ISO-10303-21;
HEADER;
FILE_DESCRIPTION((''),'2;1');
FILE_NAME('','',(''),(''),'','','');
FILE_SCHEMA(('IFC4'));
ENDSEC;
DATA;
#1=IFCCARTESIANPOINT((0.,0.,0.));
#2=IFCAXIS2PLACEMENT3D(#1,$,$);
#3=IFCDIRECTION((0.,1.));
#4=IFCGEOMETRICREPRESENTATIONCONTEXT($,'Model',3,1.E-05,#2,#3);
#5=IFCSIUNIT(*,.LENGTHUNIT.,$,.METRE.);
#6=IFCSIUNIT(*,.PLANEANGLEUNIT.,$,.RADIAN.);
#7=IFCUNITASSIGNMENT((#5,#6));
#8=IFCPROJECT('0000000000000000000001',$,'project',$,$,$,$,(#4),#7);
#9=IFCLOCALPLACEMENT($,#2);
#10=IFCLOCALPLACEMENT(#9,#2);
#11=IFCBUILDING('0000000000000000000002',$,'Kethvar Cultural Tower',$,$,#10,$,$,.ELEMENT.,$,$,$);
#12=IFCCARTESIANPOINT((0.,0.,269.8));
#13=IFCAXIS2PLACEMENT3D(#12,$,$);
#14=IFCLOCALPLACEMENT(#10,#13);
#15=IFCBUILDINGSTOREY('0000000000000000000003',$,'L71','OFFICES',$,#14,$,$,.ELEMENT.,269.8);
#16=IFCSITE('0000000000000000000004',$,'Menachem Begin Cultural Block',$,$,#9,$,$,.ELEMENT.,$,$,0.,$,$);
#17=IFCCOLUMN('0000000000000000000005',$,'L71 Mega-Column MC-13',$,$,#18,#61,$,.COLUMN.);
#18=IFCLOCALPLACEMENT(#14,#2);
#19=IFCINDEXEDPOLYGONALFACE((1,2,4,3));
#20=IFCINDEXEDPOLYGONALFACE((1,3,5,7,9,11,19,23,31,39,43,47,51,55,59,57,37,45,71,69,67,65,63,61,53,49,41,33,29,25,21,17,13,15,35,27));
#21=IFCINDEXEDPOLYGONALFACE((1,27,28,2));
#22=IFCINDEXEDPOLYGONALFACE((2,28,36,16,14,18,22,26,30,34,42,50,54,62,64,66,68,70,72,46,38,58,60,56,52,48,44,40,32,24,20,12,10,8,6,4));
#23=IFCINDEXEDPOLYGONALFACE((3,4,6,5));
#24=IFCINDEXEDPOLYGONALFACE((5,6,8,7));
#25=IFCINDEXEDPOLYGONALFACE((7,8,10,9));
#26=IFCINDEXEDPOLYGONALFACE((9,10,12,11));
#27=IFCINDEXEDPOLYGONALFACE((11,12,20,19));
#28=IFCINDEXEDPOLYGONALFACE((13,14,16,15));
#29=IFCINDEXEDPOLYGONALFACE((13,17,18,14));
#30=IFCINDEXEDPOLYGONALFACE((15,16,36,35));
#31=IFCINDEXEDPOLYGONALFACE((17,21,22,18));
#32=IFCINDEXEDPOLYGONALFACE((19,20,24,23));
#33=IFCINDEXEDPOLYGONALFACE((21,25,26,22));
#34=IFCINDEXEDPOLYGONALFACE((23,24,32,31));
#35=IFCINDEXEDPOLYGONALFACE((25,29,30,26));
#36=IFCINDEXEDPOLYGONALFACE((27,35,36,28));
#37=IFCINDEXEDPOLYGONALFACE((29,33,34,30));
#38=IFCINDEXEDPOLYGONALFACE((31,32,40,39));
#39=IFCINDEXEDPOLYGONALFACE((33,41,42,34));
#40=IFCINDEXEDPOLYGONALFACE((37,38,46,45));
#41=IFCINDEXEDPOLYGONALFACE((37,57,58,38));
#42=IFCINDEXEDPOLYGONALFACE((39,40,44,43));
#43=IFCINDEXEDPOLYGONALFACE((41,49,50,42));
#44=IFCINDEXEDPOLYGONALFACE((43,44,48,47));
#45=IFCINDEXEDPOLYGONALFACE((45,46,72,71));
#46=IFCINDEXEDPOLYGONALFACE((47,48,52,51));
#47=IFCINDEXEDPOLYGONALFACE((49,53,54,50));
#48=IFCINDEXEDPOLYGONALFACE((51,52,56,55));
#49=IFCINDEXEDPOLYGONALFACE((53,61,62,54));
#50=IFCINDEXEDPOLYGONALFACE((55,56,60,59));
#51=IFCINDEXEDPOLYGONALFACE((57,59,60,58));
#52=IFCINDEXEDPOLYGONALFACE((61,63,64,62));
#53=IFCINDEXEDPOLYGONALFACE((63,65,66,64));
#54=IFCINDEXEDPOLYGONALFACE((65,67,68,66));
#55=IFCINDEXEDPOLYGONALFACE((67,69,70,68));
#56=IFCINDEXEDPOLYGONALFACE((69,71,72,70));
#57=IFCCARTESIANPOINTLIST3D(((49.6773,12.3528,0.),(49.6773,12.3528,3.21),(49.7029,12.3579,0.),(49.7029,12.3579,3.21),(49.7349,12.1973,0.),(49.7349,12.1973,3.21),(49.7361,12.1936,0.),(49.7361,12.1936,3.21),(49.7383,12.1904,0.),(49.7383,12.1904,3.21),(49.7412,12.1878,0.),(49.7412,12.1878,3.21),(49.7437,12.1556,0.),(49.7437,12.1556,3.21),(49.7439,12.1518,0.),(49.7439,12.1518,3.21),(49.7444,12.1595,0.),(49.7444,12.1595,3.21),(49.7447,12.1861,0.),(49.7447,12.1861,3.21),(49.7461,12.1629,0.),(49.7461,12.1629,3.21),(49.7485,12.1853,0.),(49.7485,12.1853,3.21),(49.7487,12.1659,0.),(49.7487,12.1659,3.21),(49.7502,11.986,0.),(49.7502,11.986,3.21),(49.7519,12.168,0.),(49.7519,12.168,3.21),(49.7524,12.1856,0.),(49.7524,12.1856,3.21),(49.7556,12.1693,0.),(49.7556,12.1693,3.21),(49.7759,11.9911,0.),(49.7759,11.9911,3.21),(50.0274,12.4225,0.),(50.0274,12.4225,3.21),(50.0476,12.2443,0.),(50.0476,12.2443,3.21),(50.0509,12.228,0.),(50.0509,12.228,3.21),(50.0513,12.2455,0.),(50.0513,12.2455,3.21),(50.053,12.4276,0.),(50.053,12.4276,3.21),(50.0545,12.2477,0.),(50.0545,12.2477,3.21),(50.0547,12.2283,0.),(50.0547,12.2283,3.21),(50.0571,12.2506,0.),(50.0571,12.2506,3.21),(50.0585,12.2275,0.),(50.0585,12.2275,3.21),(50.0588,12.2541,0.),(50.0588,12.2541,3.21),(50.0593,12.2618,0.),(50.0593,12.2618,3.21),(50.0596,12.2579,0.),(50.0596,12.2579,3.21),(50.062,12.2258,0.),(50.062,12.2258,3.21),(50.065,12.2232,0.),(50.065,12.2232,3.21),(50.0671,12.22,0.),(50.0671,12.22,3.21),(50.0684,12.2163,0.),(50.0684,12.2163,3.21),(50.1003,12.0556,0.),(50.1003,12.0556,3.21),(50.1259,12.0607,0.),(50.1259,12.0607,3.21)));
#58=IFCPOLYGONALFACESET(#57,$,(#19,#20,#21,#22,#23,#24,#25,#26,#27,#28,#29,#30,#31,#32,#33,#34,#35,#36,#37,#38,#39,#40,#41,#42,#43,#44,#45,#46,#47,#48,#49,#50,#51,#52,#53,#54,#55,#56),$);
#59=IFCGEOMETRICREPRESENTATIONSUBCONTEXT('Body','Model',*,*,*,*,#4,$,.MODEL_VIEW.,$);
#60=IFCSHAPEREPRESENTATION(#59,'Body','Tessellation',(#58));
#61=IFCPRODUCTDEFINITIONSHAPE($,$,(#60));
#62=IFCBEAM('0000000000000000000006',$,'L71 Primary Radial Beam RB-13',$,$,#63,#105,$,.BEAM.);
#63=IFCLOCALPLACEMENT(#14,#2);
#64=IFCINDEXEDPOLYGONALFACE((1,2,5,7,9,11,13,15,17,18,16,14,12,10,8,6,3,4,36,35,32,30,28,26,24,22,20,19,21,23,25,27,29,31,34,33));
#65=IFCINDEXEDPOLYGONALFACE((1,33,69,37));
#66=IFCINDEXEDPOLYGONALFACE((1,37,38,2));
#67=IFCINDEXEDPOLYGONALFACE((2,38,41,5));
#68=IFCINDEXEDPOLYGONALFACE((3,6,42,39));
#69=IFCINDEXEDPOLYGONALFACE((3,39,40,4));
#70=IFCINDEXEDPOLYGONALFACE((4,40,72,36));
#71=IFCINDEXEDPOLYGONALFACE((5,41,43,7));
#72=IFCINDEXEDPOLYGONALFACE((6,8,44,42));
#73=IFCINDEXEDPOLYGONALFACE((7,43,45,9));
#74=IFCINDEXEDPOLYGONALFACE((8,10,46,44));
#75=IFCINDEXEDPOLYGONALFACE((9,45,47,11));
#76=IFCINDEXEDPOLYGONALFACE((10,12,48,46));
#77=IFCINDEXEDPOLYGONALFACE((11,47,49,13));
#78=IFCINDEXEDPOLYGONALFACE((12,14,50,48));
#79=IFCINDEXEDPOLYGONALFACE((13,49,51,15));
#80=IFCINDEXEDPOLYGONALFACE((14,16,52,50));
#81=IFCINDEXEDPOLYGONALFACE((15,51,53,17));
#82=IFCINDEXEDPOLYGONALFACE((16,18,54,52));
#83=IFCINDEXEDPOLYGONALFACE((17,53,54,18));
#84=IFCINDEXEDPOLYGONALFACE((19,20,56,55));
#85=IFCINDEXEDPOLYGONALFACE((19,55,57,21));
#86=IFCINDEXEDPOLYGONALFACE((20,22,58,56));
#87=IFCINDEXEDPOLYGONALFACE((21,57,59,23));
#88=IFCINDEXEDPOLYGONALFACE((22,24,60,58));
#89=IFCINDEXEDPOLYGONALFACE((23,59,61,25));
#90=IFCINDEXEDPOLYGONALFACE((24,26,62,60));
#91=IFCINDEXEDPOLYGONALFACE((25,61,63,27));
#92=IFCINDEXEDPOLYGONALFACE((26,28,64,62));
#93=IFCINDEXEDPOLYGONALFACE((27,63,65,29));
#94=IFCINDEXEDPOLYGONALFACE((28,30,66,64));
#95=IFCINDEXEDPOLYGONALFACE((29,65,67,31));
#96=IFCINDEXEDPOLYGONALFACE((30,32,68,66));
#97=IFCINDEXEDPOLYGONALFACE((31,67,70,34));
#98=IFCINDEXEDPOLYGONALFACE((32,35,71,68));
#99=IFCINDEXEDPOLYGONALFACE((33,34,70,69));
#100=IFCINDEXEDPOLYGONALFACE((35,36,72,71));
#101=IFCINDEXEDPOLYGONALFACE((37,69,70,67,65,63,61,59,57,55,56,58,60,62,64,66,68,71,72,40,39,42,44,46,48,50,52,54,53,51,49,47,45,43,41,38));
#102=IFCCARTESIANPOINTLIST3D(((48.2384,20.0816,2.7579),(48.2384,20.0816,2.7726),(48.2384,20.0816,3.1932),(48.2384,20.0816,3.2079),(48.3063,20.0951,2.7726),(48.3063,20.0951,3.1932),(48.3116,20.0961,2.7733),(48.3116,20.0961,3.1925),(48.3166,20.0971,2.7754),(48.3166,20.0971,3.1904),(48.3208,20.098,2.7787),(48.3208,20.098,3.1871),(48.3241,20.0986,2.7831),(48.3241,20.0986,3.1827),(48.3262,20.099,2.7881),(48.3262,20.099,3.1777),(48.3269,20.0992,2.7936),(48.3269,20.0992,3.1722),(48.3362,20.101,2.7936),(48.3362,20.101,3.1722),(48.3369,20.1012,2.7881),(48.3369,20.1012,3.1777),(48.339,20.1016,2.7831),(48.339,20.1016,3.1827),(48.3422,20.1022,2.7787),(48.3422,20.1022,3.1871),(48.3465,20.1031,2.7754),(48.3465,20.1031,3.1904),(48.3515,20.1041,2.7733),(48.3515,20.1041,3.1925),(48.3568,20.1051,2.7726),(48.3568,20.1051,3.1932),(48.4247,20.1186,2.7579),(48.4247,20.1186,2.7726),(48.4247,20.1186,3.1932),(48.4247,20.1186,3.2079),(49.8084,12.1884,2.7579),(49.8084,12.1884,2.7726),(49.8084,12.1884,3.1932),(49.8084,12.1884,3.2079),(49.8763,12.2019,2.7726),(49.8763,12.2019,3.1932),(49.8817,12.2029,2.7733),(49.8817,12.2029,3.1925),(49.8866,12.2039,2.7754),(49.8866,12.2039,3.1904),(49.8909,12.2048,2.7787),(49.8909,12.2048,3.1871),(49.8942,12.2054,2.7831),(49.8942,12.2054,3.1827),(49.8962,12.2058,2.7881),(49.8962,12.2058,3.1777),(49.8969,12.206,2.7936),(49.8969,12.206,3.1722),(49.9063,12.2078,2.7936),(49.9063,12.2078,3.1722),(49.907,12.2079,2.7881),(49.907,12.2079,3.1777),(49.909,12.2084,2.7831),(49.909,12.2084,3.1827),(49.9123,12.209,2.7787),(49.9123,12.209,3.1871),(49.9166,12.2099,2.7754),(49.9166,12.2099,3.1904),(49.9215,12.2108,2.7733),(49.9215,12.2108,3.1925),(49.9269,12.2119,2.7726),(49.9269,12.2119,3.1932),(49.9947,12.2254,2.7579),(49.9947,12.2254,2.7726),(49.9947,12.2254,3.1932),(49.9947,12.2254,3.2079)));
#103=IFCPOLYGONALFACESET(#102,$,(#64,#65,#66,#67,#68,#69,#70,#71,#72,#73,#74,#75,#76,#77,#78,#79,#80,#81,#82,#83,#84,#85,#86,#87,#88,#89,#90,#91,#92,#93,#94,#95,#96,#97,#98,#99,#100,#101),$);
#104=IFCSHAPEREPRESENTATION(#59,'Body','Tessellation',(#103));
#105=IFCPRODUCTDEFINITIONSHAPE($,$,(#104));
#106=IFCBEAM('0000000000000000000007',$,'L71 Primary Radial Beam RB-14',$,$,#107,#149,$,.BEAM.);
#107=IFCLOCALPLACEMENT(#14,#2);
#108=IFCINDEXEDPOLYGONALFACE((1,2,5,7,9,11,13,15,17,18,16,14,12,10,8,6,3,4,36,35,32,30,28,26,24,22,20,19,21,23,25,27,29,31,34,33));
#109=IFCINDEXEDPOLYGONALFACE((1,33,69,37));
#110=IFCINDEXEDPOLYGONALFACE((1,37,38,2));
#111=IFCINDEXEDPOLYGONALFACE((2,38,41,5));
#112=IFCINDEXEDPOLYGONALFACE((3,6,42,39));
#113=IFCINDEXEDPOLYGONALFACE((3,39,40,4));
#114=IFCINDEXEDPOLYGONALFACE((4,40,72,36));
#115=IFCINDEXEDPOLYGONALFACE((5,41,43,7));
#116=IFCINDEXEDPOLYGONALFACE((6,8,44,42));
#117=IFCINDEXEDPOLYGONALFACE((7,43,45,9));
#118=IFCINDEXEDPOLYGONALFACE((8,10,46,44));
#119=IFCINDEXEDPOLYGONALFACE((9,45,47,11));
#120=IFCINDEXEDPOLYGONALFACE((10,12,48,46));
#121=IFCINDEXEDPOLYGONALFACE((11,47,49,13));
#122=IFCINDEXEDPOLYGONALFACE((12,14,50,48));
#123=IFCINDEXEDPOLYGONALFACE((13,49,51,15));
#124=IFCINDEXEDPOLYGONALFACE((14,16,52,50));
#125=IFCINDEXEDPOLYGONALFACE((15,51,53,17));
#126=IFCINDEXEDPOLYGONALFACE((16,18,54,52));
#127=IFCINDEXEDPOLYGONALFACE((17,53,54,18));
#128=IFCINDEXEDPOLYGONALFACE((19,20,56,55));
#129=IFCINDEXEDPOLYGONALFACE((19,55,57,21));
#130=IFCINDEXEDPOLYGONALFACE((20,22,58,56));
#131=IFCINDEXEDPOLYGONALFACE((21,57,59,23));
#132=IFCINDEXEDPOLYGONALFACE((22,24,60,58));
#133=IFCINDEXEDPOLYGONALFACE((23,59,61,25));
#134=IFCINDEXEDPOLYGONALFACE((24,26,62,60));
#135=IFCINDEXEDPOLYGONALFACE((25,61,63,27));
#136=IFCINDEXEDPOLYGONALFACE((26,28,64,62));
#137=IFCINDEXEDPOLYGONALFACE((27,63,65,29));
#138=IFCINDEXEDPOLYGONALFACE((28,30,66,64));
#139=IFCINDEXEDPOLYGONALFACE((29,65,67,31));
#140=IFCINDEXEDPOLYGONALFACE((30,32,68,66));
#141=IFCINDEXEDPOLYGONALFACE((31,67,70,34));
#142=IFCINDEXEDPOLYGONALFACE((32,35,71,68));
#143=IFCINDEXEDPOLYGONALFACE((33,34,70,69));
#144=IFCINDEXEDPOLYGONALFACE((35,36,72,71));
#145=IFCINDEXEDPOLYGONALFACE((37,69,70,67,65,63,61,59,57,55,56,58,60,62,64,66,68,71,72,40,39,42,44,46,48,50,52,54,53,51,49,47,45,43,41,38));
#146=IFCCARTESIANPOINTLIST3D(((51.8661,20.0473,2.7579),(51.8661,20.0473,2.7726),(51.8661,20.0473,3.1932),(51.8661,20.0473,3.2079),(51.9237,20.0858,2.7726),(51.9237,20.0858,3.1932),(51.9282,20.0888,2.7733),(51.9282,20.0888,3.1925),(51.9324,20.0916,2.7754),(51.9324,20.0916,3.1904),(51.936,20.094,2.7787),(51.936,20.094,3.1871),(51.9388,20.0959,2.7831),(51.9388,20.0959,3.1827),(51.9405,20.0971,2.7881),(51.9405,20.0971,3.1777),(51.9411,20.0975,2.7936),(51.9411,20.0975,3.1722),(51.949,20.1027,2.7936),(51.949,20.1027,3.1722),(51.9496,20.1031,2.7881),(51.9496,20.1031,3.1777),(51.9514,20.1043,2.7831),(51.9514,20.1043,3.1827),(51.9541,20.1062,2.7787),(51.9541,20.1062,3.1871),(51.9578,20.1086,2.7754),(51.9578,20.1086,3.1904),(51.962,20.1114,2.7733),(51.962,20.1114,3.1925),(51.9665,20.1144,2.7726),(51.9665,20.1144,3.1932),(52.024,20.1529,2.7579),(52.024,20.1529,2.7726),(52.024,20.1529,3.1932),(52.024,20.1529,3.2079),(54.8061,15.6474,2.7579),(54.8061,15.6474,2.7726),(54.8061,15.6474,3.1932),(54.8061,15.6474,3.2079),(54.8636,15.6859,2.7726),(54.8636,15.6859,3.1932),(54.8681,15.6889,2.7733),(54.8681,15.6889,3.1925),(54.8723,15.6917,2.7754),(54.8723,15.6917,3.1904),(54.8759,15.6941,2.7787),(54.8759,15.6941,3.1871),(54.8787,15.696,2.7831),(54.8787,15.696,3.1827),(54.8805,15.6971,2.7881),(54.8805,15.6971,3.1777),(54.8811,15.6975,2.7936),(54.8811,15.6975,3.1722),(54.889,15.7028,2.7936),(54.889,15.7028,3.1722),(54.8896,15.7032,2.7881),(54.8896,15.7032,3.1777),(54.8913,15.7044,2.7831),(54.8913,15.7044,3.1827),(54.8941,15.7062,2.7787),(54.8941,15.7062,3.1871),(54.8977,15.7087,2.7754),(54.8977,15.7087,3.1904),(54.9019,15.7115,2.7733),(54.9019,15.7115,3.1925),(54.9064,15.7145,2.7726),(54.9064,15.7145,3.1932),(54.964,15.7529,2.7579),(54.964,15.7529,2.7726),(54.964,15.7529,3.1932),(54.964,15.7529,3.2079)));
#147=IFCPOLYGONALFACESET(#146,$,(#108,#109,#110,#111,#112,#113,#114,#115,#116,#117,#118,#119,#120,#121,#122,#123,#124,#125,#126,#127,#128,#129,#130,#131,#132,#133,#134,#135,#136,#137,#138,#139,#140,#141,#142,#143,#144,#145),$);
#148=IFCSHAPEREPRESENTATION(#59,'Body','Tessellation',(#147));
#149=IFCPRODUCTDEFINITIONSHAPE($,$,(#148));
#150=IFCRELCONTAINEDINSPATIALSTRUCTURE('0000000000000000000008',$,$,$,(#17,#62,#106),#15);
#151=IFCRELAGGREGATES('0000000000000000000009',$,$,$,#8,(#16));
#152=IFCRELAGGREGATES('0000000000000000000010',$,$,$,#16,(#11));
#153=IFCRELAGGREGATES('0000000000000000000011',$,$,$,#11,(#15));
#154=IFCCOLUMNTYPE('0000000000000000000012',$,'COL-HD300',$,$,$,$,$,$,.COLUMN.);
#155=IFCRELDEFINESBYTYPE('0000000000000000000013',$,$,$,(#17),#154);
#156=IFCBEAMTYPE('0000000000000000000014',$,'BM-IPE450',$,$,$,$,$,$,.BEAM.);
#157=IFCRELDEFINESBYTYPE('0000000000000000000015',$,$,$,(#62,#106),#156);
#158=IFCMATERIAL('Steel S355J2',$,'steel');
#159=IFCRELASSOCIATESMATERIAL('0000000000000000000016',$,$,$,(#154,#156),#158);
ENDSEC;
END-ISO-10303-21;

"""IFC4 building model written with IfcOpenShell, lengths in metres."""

from ifc_helpers import new_model, si_unit, direction, frame, origin, origin_2d, place, context, subcontext, project, spatial, i_section, extrude, source, transform, mapped, material, material_profile, profile_set, type_object, element, save


model = new_model("IFC4")

# Units and contexts
model_context = context("Model", 3, precision=1e-05, world=origin(), true_north=direction((0.0, 1.0)))
body_context = subcontext(model_context, "Body", "Model", "MODEL_VIEW")
ifc_project = project(units=[si_unit("LENGTHUNIT", "METRE"), si_unit("PLANEANGLEUNIT", "RADIAN")], contexts=[model_context])

# Site, building, storey
site_placement = place(None, origin())
site = spatial("IfcSite", under=ifc_project, at=site_placement, Name="Menachem Begin Cultural Block", CompositionType="ELEMENT", RefElevation=0.0)
building_placement = place(site_placement, origin())
building = spatial("IfcBuilding", under=site, at=building_placement, Name="Kethvar Cultural Tower", CompositionType="ELEMENT")
storey_placement = place(building_placement, frame((0.0, 0.0, 269.8)))
storey = spatial("IfcBuildingStorey", under=building, at=storey_placement, Name="L71", Description="OFFICES", CompositionType="ELEMENT", Elevation=269.8)

# Column
ifc_material_1 = material(Name="Steel S355J2", Category="steel")
ifc_material_profile_1 = material_profile(ifc_material_1, i_section(OverallWidth=0.374, OverallDepth=0.3831, WebThickness=0.0166, FlangeThickness=0.0261, FilletRadius=0.0149, at=origin_2d()), Name="Steel S355J2 — HD360x300")
ifc_profile_set_1 = profile_set([ifc_material_profile_1], Name="Steel S355J2 — HD360x300")
column_type = type_object("IfcColumnType", Name="COL-HD300", PredefinedType="COLUMN", material=ifc_profile_set_1)
shared_shape_1 = source(origin(), body_context, "Body", "SweptSolid", [
    extrude(i_section(OverallWidth=0.374, OverallDepth=0.3831, WebThickness=0.0166, FlangeThickness=0.0261, FilletRadius=0.0149, at=origin_2d()), origin(), (0.0, 0.0, 1.0), 3.21),
])
column_placement = place(storey_placement, frame((49.9016, 12.2068, 0.0), z_axis=(0.0, 0.0, 1.0), x_axis=(0.19509, -0.980785, 0.0)))
element("IfcColumn", 1, at=column_placement, inside=storey, type_object=column_type, Name="L71 Mega-Column MC-13", PredefinedType="COLUMN", context=body_context, shape_type="MappedRepresentation", body=[
    mapped(shared_shape_1, transform((0.0, 0.0, 0.0), scale=1.0)),
])

# Beams
ifc_material_profile_2 = material_profile(ifc_material_1, i_section(OverallWidth=0.1899, OverallDepth=0.45, WebThickness=0.0095, FlangeThickness=0.0146, FilletRadius=0.021, at=origin_2d()), Name="Steel S355J2 — IPE450")
ifc_profile_set_2 = profile_set([ifc_material_profile_2], Name="Steel S355J2 — IPE450")
beam_type_1 = type_object("IfcBeamType", Name="BM-IPE450", PredefinedType="BEAM", material=ifc_profile_set_2)
shared_shape_2 = source(origin(), body_context, "Body", "SweptSolid", [
    extrude(i_section(OverallWidth=0.1899, OverallDepth=0.45, WebThickness=0.0095, FlangeThickness=0.0146, FilletRadius=0.021, at=origin_2d()), origin(), (0.0, 0.0, 1.0), 8.0479),
])
beam_1_placement = place(storey_placement, frame((48.3315, 20.1001, 2.9829), z_axis=(0.195089, -0.980785, 0.0), x_axis=(0.980785, 0.195089, 0.0)))
element("IfcBeam", 2, at=beam_1_placement, inside=storey, type_object=beam_type_1, Name="L71 Primary Radial Beam RB-13", PredefinedType="BEAM", context=body_context, shape_type="MappedRepresentation", body=[
    mapped(shared_shape_2, transform((0.0, 0.0, 0.0), scale=1.0)),
])
shared_shape_3 = source(origin(), body_context, "Body", "SweptSolid", [
    extrude(i_section(OverallWidth=0.1899, OverallDepth=0.45, WebThickness=0.0095, FlangeThickness=0.0146, FilletRadius=0.021, at=origin_2d()), origin(), (0.0, 0.0, 1.0), 5.2917),
])
beam_2_placement = place(storey_placement, frame((51.9451, 20.1001, 2.9829), z_axis=(0.555573, -0.831468, 0.0), x_axis=(0.831468, 0.555573, 0.0)))
element("IfcBeam", 3, at=beam_2_placement, inside=storey, type_object=beam_type_1, Name="L71 Primary Radial Beam RB-14", PredefinedType="BEAM", context=body_context, shape_type="MappedRepresentation", body=[
    mapped(shared_shape_3, transform((0.0, 0.0, 0.0), scale=1.0)),
])

save(model, "model.ifc")
